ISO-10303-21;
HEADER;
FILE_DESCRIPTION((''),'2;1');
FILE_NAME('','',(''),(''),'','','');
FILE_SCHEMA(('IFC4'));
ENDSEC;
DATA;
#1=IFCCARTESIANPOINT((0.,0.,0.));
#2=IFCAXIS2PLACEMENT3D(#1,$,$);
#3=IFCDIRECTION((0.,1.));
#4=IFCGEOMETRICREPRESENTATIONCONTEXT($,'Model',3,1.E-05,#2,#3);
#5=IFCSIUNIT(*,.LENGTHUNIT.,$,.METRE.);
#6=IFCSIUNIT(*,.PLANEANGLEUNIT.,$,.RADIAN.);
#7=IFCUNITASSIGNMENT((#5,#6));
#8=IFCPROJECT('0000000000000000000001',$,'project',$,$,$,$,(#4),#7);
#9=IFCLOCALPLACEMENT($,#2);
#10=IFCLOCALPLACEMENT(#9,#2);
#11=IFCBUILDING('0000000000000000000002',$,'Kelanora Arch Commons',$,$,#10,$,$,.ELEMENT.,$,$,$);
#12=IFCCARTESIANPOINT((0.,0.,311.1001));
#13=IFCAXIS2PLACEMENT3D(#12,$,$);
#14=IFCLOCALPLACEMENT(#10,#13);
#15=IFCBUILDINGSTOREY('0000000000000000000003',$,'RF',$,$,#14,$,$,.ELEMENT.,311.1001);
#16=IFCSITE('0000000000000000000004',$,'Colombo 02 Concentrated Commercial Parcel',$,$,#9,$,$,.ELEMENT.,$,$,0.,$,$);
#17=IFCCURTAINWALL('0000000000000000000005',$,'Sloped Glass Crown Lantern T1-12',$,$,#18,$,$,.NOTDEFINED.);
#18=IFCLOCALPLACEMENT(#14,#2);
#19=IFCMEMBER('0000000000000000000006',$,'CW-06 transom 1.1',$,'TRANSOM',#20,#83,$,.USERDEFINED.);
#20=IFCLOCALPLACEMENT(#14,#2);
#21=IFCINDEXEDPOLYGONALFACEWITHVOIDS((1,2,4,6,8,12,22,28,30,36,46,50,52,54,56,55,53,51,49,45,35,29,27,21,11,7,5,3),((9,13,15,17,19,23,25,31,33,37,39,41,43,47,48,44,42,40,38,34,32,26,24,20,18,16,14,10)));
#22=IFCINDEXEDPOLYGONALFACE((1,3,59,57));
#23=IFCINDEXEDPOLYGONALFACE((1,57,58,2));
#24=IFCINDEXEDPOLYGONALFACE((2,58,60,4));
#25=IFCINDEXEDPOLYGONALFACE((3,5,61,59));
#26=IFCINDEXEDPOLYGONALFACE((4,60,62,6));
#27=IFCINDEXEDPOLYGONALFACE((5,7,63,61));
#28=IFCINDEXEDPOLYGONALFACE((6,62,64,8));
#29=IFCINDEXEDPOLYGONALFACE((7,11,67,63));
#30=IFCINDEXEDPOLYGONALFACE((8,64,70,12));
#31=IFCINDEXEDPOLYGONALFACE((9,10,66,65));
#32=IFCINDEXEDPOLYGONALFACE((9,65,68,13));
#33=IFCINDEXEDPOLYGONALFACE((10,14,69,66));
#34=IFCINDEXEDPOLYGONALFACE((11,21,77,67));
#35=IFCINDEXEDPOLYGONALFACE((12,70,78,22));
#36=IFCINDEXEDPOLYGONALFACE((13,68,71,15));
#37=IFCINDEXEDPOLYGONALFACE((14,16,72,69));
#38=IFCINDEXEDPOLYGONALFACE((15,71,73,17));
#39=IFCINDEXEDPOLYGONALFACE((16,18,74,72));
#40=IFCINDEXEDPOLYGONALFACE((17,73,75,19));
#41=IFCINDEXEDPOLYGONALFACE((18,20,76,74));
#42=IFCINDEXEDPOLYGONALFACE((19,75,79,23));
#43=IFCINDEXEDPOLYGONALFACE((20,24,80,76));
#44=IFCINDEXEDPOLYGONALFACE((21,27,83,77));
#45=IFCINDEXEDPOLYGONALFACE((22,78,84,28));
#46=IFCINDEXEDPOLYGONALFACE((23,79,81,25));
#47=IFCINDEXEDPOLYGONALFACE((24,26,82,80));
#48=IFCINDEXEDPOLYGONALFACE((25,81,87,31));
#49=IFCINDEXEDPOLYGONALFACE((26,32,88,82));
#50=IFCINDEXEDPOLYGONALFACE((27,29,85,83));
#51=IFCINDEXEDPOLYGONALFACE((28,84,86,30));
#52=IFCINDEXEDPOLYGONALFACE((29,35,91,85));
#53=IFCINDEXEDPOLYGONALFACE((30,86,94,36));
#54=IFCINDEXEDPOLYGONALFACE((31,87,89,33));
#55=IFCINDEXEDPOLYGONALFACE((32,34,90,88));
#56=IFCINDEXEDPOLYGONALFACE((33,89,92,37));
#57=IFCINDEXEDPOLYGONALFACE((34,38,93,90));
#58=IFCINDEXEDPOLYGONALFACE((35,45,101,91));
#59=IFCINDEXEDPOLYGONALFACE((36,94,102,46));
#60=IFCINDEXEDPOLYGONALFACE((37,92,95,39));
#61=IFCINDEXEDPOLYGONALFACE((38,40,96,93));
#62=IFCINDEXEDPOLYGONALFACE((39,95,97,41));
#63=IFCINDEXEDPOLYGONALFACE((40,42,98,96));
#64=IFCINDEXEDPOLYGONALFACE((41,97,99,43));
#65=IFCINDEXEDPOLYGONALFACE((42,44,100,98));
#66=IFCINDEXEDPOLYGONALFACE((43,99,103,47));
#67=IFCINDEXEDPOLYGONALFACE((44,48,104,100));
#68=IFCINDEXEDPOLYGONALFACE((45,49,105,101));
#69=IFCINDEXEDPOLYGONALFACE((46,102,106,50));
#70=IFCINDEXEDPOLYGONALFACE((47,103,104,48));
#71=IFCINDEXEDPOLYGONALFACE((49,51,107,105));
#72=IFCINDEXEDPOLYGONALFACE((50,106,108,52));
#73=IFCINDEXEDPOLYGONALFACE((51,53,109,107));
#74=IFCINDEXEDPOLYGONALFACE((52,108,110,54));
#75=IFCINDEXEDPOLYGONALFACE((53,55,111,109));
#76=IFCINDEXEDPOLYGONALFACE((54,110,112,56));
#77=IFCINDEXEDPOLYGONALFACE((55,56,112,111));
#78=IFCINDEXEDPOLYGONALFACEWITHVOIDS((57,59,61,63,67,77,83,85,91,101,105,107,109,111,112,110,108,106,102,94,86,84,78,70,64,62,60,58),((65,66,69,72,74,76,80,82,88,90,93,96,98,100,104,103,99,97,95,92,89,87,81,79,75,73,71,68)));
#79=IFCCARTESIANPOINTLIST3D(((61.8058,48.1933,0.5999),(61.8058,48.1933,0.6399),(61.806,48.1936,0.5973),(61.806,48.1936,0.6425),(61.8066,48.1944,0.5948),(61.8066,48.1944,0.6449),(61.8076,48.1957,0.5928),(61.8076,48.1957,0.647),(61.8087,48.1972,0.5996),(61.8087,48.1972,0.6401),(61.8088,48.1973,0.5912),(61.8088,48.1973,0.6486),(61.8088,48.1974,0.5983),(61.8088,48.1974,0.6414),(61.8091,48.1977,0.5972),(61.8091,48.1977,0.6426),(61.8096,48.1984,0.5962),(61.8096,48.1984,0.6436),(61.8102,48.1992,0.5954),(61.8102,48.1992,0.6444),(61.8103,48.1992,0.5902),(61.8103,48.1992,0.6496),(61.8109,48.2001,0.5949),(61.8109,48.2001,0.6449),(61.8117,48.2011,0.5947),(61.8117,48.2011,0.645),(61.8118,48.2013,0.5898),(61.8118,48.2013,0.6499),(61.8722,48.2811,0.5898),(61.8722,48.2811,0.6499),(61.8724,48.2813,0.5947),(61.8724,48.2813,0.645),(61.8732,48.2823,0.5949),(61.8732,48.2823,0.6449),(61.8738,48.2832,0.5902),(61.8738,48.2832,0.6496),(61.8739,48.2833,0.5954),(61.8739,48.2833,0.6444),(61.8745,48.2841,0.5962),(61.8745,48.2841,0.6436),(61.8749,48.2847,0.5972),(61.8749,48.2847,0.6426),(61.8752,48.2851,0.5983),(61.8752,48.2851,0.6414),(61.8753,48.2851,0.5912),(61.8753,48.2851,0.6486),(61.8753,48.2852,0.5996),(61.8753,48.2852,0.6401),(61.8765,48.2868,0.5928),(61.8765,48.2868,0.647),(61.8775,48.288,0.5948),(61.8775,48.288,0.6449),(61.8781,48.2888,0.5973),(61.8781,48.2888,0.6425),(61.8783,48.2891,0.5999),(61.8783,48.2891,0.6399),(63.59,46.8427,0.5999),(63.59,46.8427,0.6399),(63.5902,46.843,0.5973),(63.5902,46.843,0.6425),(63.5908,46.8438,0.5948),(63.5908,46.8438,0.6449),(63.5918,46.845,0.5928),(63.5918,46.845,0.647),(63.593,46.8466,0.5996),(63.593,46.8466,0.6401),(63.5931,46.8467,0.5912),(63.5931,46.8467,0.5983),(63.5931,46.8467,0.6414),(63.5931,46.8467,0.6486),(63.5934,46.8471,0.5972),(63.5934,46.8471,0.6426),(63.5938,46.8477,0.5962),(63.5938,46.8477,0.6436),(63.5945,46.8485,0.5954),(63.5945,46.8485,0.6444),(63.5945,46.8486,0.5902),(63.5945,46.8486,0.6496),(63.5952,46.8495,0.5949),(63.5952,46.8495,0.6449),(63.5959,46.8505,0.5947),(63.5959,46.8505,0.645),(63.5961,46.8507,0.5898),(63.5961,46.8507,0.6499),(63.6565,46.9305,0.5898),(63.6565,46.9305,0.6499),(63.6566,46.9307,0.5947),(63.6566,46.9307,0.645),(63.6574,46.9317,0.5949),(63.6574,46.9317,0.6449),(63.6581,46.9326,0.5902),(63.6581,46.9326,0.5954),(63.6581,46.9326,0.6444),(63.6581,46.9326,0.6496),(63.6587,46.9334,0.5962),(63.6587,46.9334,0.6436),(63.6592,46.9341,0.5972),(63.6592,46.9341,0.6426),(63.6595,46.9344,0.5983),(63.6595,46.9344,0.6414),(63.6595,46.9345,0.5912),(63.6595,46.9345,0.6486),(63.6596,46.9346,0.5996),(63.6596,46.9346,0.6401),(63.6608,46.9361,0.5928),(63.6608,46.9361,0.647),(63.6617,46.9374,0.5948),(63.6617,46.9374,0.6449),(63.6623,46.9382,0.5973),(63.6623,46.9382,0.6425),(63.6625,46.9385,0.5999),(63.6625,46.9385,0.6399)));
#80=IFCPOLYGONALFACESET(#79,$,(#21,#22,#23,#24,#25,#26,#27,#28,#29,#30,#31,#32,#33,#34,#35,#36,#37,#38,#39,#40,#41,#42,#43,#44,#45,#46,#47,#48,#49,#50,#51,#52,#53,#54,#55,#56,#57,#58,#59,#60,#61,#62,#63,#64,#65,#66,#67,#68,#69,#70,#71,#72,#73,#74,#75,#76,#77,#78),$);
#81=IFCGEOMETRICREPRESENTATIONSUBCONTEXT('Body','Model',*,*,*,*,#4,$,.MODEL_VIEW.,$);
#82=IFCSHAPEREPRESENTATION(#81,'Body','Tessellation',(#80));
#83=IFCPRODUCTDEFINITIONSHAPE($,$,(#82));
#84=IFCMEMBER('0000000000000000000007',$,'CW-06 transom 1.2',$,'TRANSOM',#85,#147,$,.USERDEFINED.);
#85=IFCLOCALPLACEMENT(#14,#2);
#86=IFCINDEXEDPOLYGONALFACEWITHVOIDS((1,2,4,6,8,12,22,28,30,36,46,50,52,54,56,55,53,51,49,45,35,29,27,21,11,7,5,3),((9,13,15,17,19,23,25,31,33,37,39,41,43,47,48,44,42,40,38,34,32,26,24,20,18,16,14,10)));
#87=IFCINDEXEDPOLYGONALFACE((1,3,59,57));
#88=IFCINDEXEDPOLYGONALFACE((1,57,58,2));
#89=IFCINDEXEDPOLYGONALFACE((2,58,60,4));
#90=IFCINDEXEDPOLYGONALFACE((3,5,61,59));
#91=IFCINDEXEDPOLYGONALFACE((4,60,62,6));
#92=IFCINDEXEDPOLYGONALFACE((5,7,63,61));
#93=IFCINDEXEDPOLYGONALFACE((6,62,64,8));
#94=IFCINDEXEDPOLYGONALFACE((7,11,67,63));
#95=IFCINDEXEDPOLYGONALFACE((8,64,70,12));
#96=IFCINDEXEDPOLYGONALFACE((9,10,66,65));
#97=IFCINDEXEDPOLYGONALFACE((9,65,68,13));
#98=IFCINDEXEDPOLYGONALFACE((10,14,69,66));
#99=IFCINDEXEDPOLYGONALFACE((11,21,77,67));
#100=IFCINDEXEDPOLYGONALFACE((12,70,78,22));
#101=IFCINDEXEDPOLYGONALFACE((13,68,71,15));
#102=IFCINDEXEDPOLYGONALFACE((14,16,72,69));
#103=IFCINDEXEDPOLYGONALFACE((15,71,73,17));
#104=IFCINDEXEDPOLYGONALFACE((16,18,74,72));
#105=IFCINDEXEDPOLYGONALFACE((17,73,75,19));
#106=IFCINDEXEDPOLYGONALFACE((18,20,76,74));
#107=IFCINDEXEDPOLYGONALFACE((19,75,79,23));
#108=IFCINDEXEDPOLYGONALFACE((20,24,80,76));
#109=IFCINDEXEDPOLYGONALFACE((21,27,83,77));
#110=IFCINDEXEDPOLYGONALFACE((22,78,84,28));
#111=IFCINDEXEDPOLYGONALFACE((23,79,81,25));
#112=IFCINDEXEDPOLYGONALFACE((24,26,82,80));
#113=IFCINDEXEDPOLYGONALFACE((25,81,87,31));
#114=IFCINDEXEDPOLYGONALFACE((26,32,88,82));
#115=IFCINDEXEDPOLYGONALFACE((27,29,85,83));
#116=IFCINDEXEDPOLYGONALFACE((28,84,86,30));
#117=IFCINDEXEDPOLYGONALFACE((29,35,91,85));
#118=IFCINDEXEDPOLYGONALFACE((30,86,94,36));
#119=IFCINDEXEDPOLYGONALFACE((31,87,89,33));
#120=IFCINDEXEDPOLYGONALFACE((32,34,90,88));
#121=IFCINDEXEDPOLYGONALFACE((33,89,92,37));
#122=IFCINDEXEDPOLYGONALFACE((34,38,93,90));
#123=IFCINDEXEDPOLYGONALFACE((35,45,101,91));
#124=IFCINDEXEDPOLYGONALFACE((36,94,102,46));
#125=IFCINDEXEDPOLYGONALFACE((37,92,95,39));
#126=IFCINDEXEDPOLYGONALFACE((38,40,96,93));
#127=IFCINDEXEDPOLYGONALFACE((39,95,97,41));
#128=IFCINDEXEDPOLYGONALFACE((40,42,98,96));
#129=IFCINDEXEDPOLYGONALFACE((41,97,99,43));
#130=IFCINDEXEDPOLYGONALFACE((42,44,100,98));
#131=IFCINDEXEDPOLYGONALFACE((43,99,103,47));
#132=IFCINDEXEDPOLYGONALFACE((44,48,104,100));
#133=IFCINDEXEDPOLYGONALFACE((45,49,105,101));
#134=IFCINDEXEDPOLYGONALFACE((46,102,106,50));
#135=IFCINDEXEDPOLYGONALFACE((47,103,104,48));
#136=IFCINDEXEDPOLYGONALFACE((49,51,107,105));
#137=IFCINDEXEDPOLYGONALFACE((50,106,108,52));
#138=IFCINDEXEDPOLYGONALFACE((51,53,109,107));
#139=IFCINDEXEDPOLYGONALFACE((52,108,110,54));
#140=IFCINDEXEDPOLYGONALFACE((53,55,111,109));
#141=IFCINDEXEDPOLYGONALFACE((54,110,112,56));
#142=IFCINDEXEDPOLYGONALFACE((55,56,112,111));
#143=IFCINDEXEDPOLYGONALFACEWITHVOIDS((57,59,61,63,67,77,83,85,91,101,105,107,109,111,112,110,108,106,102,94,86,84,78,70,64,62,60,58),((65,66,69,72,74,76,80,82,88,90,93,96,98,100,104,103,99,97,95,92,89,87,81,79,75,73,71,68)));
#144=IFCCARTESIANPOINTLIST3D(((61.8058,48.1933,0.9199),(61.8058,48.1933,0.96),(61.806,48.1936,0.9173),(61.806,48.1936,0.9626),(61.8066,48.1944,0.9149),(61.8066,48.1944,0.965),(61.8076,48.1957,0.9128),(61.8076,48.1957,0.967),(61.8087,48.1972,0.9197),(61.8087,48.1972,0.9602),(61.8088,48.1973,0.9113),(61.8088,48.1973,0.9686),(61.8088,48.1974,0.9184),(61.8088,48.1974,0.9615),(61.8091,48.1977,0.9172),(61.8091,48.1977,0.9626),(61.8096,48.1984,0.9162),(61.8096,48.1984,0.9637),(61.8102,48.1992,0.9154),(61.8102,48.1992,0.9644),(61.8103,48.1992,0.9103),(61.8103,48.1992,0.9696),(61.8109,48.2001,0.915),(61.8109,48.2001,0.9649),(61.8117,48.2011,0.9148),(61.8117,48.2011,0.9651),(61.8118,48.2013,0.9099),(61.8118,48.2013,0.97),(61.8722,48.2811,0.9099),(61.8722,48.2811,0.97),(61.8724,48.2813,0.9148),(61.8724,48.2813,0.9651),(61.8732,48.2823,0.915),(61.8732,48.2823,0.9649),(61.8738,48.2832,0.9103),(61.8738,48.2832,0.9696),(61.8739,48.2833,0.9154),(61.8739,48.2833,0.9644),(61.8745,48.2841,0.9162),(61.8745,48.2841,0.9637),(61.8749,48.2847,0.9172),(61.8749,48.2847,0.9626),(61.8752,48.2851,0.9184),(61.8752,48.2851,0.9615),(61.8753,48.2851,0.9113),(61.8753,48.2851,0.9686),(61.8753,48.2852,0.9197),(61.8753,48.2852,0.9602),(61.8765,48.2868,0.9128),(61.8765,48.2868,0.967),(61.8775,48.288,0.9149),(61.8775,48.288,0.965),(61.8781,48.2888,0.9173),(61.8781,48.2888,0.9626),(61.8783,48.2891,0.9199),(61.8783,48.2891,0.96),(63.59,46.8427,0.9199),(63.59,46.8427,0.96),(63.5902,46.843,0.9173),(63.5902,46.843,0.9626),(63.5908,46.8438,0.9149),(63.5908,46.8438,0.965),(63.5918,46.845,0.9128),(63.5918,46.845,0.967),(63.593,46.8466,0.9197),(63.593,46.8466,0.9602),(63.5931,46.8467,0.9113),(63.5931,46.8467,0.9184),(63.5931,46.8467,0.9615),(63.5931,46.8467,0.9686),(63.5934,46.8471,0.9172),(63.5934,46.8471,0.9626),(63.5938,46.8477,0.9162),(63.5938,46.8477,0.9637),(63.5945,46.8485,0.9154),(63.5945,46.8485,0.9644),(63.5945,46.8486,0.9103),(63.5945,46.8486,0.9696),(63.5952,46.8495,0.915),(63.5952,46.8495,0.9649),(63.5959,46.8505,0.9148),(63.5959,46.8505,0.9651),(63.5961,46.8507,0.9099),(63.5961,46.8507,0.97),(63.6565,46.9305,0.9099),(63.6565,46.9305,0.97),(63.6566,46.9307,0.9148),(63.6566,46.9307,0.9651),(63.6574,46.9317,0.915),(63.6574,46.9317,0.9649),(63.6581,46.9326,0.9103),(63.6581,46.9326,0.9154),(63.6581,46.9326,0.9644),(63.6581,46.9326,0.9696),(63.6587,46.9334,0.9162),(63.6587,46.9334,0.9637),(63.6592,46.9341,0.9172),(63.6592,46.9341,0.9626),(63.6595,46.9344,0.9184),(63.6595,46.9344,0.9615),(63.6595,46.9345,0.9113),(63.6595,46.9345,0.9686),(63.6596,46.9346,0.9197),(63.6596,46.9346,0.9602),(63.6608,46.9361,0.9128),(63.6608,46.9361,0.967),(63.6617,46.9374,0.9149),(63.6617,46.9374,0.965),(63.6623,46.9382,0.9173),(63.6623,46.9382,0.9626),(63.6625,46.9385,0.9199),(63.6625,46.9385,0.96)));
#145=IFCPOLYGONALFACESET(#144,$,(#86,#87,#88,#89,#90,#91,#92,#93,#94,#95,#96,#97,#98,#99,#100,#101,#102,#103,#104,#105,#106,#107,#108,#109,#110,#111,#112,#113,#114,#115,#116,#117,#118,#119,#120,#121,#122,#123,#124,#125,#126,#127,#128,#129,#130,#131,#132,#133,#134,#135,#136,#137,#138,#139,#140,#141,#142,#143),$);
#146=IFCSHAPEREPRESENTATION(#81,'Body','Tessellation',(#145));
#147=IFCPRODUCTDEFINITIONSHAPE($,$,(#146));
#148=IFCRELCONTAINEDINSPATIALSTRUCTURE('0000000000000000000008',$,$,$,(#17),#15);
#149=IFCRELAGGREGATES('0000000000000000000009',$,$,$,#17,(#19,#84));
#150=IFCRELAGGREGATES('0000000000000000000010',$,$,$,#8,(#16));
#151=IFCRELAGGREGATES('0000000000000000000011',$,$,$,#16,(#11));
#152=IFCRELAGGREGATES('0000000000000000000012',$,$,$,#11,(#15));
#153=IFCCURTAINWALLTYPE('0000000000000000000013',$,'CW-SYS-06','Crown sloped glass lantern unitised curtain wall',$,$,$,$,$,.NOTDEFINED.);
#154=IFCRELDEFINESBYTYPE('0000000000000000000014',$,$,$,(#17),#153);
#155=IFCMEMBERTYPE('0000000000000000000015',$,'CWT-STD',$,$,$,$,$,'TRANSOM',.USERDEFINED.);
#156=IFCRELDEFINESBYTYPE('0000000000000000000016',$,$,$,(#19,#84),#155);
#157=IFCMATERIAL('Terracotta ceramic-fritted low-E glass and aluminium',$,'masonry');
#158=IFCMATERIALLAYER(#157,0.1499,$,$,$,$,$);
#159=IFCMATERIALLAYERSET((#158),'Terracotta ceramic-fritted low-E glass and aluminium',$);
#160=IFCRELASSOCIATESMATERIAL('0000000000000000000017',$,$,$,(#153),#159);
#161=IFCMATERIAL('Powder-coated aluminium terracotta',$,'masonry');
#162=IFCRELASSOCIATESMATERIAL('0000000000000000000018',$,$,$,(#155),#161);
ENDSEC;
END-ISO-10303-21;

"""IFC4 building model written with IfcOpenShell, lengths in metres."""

from ifc_helpers import new_model, si_unit, direction, frame, origin, origin_2d, place, context, subcontext, project, spatial, hollow_rectangle, extrude, material, layer, layer_set, material_profile, profile_set, type_object, element, aggregate, save


model = new_model("IFC4")

# Units and contexts
model_context = context("Model", 3, precision=1e-05, world=origin(), true_north=direction((0.0, 1.0)))
body_context = subcontext(model_context, "Body", "Model", "MODEL_VIEW")
ifc_project = project(units=[si_unit("LENGTHUNIT", "METRE"), si_unit("PLANEANGLEUNIT", "RADIAN")], contexts=[model_context])

# Site, building, storey
site_placement = place(None, origin())
site = spatial("IfcSite", under=ifc_project, at=site_placement, Name="Colombo 02 Concentrated Commercial Parcel", CompositionType="ELEMENT", RefElevation=0.0)
building_placement = place(site_placement, origin())
building = spatial("IfcBuilding", under=site, at=building_placement, Name="Kelanora Arch Commons", CompositionType="ELEMENT")
storey_placement = place(building_placement, frame((0.0, 0.0, 311.1001)))
storey = spatial("IfcBuildingStorey", under=building, at=storey_placement, Name="RF", CompositionType="ELEMENT", Elevation=311.1001)

# Curtain wall
ifc_material_1 = material(Name="Terracotta ceramic-fritted low-E glass and aluminium", Category="masonry")
ifc_layer_1 = layer(ifc_material_1, 0.1499)
ifc_layer_set_1 = layer_set([ifc_layer_1], Name="Terracotta ceramic-fritted low-E glass and aluminium")
curtain_wall_type = type_object("IfcCurtainWallType", Name="CW-SYS-06", Description="Crown sloped glass lantern unitised curtain wall", PredefinedType="NOTDEFINED", material=ifc_layer_set_1)
curtain_wall_1_placement = place(storey_placement, origin())
curtain_wall_1 = element("IfcCurtainWall", 1, at=curtain_wall_1_placement, inside=storey, type_object=curtain_wall_type, Name="Sloped Glass Crown Lantern T1-12", PredefinedType="NOTDEFINED")
ifc_material_2 = material(Name="Powder-coated aluminium terracotta", Category="masonry")

# Members
ifc_material_profile_1 = material_profile(ifc_material_2, hollow_rectangle(XDim=0.1201, YDim=0.0601, WallThickness=0.0049, InnerFilletRadius=0.0049, OuterFilletRadius=0.01, at=origin_2d()), Name="CWT120x60")
ifc_profile_set_1 = profile_set([ifc_material_profile_1], Name="Powder-coated aluminium terracotta")
member_type_1 = type_object("IfcMemberType", Name="CWT-STD", ElementType="TRANSOM", PredefinedType="USERDEFINED", material=ifc_profile_set_1)
member_1_placement = place(storey_placement, frame((61.842, 48.2412, 0.6199), z_axis=(0.797321, -0.603555, 0.0), x_axis=(0.603555, 0.797321, 0.0)))
member_1 = element("IfcMember", 2, at=member_1_placement, type_object=member_type_1, Name="CW-06 transom 1.1", ObjectType="TRANSOM", PredefinedType="USERDEFINED", context=body_context, shape_type="SweptSolid", body=[
    extrude(hollow_rectangle(XDim=0.1201, YDim=0.0601, WallThickness=0.0049, InnerFilletRadius=0.0049, OuterFilletRadius=0.01, at=origin_2d()), origin(), (0.0, 0.0, 1.0), 2.2378),
])
member_2_placement = place(storey_placement, frame((61.842, 48.2412, 0.9399), z_axis=(0.797321, -0.603555, 0.0), x_axis=(0.603555, 0.797321, 0.0)))
member_2 = element("IfcMember", 3, at=member_2_placement, type_object=member_type_1, Name="CW-06 transom 1.2", ObjectType="TRANSOM", PredefinedType="USERDEFINED", context=body_context, shape_type="SweptSolid", body=[
    extrude(hollow_rectangle(XDim=0.1201, YDim=0.0601, WallThickness=0.0049, InnerFilletRadius=0.0049, OuterFilletRadius=0.01, at=origin_2d()), origin(), (0.0, 0.0, 1.0), 2.2378),
])

aggregate(curtain_wall_1, [member_1, member_2])

save(model, "model.ifc")
